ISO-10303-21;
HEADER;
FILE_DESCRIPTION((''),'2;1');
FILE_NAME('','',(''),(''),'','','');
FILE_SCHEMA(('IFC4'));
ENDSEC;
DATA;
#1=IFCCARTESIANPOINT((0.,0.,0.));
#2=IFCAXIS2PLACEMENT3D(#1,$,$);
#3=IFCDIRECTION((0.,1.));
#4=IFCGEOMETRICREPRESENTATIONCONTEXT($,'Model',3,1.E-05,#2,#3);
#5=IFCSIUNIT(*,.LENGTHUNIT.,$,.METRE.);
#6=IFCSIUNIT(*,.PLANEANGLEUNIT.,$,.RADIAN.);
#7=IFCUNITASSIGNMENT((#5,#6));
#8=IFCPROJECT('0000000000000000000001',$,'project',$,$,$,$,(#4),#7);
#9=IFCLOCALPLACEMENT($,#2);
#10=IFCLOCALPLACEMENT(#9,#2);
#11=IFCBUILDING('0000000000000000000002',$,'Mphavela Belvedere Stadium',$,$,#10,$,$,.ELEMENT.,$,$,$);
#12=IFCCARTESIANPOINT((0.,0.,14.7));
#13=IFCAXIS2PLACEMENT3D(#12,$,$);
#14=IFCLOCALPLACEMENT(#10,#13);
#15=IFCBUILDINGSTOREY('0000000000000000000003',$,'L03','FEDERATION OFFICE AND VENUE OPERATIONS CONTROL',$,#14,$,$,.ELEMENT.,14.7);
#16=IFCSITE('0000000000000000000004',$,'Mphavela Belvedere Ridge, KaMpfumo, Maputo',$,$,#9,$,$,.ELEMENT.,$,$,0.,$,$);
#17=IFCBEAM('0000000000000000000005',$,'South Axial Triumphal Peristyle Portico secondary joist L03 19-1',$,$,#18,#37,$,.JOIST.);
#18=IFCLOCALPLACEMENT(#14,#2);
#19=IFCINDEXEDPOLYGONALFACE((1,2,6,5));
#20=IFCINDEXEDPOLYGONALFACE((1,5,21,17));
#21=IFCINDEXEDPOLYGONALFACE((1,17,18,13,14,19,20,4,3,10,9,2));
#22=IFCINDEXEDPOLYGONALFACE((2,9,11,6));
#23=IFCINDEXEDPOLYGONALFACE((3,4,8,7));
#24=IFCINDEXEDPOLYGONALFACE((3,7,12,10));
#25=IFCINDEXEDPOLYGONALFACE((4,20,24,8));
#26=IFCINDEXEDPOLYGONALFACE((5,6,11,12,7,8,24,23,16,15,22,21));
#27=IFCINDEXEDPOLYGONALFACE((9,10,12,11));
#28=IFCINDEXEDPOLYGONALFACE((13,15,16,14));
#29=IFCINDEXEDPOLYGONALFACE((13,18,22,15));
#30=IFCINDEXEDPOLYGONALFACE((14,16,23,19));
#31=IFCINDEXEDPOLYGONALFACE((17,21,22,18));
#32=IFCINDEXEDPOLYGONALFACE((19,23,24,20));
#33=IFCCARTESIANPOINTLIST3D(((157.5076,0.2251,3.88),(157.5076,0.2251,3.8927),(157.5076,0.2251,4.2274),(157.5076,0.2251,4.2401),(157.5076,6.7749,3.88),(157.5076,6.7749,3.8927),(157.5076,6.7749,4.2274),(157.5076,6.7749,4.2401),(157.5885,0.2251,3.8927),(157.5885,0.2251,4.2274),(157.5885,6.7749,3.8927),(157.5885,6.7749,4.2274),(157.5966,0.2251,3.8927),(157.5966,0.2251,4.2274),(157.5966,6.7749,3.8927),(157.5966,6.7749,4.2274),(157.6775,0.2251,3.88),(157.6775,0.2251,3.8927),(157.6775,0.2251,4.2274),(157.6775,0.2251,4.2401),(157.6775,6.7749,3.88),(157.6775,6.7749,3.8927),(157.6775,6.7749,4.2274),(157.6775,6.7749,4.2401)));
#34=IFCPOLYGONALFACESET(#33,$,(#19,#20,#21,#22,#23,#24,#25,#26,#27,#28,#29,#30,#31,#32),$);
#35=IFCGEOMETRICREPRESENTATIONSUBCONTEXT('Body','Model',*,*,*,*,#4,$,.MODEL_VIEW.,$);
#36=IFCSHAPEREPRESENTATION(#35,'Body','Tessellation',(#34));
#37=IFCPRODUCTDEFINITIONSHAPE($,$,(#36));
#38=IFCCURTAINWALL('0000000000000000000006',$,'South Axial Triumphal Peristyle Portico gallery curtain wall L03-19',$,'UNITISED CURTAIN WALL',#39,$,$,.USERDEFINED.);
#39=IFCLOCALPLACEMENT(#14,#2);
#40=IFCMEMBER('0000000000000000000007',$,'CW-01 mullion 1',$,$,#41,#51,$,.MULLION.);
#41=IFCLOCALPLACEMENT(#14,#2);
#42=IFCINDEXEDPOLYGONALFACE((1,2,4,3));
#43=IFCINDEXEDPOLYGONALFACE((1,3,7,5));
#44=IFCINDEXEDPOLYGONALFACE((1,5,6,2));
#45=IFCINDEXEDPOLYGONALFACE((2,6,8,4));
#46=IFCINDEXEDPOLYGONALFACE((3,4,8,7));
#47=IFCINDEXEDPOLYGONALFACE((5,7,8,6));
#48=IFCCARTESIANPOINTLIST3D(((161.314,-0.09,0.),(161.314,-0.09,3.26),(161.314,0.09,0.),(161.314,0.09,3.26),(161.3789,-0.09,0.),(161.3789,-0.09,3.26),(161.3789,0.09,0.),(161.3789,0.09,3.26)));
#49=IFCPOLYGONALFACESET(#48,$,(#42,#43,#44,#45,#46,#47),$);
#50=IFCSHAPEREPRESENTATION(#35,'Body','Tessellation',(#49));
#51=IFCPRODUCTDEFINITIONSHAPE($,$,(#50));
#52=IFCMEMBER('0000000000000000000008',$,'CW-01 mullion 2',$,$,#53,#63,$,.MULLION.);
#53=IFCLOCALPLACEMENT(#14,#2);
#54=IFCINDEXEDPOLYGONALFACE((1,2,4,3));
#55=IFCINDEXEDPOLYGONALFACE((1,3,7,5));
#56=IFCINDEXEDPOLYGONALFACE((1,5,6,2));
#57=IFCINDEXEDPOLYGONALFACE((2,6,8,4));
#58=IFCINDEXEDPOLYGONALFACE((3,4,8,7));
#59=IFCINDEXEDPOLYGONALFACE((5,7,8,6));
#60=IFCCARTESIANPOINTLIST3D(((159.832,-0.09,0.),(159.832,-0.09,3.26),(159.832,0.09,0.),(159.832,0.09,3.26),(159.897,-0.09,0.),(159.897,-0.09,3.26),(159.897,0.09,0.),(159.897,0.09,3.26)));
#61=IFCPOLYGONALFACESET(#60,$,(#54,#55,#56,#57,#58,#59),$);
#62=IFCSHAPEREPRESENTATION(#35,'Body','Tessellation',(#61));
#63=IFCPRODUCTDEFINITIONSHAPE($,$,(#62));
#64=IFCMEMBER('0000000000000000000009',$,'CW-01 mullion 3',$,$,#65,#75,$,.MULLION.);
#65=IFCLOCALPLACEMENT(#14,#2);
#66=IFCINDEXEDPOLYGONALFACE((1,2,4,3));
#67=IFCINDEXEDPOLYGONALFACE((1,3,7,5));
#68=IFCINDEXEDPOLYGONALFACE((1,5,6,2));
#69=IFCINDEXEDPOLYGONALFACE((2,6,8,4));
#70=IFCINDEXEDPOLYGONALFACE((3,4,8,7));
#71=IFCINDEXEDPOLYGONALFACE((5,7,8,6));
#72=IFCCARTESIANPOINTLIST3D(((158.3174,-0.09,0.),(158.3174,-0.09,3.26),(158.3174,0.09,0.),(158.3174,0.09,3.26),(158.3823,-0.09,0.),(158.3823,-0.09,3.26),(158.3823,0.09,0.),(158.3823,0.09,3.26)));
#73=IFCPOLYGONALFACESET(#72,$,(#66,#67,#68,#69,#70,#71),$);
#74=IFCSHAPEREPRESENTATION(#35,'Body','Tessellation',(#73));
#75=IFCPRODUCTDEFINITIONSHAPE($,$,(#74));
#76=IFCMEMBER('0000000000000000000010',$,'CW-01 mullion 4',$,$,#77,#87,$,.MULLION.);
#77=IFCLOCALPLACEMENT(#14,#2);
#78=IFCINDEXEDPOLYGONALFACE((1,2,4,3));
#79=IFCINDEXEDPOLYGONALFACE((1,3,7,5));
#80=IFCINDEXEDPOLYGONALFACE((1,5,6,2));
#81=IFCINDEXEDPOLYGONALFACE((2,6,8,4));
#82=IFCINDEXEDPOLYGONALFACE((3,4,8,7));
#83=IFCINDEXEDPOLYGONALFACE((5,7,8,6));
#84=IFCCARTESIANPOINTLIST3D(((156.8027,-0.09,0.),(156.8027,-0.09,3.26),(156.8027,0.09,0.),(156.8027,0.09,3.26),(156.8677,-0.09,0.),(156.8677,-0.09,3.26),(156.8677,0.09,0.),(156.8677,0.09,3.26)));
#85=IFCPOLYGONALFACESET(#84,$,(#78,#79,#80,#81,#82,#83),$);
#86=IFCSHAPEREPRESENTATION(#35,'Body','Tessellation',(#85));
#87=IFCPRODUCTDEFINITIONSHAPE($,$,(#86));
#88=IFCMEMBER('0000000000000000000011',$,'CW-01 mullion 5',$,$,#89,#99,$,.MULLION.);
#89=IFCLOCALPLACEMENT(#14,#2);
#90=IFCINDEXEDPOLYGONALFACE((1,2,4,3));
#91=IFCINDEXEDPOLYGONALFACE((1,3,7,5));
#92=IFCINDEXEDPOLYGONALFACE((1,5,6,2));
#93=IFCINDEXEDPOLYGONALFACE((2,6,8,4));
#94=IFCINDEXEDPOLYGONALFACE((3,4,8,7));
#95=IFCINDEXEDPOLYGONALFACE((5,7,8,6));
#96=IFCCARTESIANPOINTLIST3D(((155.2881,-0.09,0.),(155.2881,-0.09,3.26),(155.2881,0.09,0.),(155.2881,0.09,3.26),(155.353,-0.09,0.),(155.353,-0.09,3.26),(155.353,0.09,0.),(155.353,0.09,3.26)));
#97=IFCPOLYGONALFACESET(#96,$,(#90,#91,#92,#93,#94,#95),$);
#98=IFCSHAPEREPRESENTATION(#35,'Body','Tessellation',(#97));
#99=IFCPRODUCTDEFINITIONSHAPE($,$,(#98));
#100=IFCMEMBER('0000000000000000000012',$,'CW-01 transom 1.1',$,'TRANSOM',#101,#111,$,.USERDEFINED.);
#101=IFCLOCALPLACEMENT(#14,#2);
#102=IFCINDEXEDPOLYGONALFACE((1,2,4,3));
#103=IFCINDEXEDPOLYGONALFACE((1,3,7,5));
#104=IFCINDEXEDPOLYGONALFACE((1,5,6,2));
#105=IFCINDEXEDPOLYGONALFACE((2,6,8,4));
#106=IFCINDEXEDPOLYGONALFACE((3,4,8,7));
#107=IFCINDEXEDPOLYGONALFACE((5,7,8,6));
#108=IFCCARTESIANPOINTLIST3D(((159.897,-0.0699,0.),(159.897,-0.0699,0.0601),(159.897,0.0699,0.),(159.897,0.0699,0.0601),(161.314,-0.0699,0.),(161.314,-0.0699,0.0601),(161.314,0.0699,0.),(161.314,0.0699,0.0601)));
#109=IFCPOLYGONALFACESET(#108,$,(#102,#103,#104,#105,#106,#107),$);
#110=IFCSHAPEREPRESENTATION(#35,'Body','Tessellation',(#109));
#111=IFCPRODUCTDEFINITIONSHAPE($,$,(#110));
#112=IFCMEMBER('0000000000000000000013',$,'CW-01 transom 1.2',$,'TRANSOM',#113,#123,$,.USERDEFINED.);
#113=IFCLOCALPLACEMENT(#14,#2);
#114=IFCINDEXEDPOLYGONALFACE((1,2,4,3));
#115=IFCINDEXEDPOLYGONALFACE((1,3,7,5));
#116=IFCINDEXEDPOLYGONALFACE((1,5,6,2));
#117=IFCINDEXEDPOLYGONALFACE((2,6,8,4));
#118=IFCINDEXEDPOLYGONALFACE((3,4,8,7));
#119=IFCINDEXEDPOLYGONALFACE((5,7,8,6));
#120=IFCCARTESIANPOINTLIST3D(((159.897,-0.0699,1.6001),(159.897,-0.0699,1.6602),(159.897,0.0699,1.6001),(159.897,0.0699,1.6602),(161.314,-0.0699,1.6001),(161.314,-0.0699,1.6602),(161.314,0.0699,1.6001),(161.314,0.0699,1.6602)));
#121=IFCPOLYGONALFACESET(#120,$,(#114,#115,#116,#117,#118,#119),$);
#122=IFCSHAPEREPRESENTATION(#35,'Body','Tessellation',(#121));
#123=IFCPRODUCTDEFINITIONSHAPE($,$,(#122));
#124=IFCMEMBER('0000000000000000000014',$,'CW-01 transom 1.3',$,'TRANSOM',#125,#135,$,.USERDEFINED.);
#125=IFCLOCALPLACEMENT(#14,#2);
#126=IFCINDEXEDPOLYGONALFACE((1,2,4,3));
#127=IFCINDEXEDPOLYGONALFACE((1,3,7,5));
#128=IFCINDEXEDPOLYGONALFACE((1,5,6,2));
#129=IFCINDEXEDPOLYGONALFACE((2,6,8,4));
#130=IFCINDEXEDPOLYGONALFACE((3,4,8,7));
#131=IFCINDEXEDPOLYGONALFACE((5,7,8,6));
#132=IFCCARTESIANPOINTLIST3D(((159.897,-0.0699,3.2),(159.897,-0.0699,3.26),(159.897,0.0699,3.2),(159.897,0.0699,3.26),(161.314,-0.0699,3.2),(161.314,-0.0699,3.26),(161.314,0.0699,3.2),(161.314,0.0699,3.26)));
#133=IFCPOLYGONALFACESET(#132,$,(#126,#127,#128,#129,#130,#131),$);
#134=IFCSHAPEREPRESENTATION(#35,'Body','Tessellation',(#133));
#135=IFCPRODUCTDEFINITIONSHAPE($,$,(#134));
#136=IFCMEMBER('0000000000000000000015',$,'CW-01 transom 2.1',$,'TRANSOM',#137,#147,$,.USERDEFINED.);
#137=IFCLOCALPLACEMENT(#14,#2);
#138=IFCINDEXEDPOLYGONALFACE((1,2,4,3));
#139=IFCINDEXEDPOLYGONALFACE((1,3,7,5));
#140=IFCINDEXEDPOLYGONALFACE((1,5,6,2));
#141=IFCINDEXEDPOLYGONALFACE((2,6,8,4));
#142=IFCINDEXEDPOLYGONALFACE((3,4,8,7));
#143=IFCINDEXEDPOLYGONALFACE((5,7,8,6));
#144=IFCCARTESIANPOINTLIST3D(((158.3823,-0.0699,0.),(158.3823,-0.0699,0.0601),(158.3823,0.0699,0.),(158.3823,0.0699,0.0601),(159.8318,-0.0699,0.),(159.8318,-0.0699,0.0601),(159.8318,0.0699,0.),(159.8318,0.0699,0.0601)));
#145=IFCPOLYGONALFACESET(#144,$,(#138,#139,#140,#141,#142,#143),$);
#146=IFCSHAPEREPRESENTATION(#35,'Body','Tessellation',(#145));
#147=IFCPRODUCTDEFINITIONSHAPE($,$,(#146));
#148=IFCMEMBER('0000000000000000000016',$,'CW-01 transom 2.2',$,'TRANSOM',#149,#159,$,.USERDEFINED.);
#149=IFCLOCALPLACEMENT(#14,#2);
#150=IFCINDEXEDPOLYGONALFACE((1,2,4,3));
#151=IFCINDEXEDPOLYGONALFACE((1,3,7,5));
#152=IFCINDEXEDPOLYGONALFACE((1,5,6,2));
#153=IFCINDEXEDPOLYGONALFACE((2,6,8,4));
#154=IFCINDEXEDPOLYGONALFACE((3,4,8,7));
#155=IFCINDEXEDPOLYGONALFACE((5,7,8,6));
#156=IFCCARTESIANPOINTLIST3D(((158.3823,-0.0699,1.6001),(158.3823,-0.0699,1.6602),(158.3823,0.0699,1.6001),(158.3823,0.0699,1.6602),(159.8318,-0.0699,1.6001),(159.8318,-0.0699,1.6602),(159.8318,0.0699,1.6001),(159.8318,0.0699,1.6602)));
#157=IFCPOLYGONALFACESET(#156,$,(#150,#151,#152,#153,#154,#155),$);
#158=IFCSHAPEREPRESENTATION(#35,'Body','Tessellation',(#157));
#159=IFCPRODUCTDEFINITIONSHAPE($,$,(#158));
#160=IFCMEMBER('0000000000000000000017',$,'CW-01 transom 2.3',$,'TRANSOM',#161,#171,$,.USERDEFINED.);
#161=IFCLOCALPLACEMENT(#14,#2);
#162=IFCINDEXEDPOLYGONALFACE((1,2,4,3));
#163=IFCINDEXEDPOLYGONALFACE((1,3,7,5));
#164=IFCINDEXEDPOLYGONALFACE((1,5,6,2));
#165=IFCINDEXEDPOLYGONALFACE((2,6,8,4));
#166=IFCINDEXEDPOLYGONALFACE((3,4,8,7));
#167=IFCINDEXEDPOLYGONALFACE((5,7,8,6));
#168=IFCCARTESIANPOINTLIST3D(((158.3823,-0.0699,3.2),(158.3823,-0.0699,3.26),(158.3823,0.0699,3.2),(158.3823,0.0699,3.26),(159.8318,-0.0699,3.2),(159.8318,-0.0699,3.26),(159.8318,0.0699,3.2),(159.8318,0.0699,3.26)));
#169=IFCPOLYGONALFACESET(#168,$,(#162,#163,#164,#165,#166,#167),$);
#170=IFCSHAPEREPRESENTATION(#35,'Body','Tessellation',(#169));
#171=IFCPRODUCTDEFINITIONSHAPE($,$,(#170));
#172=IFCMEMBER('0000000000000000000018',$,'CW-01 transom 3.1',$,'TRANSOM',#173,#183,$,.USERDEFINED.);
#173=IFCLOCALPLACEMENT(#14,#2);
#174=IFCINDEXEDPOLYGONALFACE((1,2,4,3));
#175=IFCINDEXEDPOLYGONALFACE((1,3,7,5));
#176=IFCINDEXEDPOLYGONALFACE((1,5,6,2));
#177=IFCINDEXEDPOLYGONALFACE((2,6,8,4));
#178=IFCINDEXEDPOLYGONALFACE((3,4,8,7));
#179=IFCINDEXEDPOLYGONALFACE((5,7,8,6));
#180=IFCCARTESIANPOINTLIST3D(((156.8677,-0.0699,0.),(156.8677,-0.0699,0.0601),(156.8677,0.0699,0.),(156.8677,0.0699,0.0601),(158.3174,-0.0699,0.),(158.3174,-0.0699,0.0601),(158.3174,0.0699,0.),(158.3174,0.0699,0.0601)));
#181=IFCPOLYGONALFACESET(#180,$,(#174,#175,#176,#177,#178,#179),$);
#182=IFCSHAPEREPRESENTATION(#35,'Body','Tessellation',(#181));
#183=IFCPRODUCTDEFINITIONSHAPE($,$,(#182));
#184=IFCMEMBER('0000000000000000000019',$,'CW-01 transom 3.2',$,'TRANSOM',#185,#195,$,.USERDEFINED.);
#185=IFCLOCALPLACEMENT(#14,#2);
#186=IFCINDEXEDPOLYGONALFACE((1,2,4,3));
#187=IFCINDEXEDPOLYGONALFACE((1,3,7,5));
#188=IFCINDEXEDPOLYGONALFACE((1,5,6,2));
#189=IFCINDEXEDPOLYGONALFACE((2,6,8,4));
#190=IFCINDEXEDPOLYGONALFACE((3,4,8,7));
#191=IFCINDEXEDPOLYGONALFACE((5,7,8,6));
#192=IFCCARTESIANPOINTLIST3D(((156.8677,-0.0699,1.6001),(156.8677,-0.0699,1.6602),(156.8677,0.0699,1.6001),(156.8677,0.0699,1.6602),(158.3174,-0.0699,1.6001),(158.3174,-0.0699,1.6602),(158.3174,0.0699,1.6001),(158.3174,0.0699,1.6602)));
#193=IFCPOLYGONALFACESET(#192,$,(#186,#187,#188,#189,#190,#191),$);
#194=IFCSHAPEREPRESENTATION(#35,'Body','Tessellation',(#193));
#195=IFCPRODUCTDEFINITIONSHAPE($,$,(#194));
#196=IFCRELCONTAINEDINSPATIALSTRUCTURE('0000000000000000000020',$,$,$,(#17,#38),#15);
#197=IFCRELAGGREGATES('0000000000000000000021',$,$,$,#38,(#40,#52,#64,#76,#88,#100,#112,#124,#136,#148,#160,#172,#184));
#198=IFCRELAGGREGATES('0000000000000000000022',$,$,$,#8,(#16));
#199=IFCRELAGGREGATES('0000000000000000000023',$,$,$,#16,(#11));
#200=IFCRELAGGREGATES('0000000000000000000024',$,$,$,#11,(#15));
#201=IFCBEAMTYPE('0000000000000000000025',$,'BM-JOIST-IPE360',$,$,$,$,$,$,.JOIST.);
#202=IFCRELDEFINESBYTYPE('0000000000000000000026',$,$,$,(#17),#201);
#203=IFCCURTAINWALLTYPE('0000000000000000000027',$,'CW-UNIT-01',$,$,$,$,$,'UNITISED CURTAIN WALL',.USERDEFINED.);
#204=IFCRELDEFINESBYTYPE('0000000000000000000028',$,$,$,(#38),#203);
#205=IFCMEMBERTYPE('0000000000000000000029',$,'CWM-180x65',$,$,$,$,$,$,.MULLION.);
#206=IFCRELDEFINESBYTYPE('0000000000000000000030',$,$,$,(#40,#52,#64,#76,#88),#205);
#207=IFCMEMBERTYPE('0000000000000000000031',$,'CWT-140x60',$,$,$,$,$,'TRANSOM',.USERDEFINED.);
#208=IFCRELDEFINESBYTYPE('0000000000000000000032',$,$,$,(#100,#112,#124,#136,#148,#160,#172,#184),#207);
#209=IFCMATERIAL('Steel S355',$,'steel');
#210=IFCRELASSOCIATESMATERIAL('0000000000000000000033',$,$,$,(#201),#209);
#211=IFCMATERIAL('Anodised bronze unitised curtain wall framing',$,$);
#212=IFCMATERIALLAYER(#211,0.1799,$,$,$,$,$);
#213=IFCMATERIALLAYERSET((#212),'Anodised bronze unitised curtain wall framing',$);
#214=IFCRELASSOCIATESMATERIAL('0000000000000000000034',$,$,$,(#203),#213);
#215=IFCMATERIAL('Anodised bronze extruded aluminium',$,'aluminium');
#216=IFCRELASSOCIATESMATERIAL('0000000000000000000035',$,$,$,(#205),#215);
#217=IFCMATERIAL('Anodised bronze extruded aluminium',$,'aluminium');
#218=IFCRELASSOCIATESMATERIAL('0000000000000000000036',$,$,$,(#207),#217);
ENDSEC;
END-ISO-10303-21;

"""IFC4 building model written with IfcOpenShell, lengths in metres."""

from ifc_helpers import new_model, si_unit, direction, frame, origin, origin_2d, place, context, subcontext, project, spatial, rectangle, i_section, extrude, material, layer, layer_set, material_profile, profile_set, type_object, element, aggregate, save


model = new_model("IFC4")

# Units and contexts
model_context = context("Model", 3, precision=1e-05, world=origin(), true_north=direction((0.0, 1.0)))
body_context = subcontext(model_context, "Body", "Model", "MODEL_VIEW")
ifc_project = project(units=[si_unit("LENGTHUNIT", "METRE"), si_unit("PLANEANGLEUNIT", "RADIAN")], contexts=[model_context])

# Site, building, storey
site_placement = place(None, origin())
site = spatial("IfcSite", under=ifc_project, at=site_placement, Name="Mphavela Belvedere Ridge, KaMpfumo, Maputo", CompositionType="ELEMENT", RefElevation=0.0)
building_placement = place(site_placement, origin())
building = spatial("IfcBuilding", under=site, at=building_placement, Name="Mphavela Belvedere Stadium", CompositionType="ELEMENT")
storey_placement = place(building_placement, frame((0.0, 0.0, 14.7)))
storey = spatial("IfcBuildingStorey", under=building, at=storey_placement, Name="L03", Description="FEDERATION OFFICE AND VENUE OPERATIONS CONTROL", CompositionType="ELEMENT", Elevation=14.7)

# Beam
ifc_material_1 = material(Name="Steel S355", Category="steel")
ifc_material_profile_1 = material_profile(ifc_material_1, i_section(OverallWidth=0.1699, OverallDepth=0.3601, WebThickness=0.0081, FlangeThickness=0.0127, at=origin_2d()), Name="IPE 360")
ifc_profile_set_1 = profile_set([ifc_material_profile_1], Name="Steel S355")
beam_type = type_object("IfcBeamType", Name="BM-JOIST-IPE360", PredefinedType="JOIST", material=ifc_profile_set_1)
beam_placement = place(storey_placement, frame((157.5925, 0.2251, 4.0601), z_axis=(0.0, 1.0, 0.0), x_axis=(-1.0, 0.0, 0.0)))
element("IfcBeam", 1, at=beam_placement, inside=storey, type_object=beam_type, Name="South Axial Triumphal Peristyle Portico secondary joist L03 19-1", PredefinedType="JOIST", context=body_context, shape_type="SweptSolid", body=[
    extrude(i_section(OverallWidth=0.1699, OverallDepth=0.3601, WebThickness=0.0081, FlangeThickness=0.0127, at=origin_2d()), origin(), (0.0, 0.0, 1.0), 6.5498),
])

# Curtain wall, members
ifc_material_2 = material(Name="Anodised bronze unitised curtain wall framing")
ifc_layer_1 = layer(ifc_material_2, 0.1799)
ifc_layer_set_1 = layer_set([ifc_layer_1], Name="Anodised bronze unitised curtain wall framing")
curtain_wall_type = type_object("IfcCurtainWallType", Name="CW-UNIT-01", ElementType="UNITISED CURTAIN WALL", PredefinedType="USERDEFINED", material=ifc_layer_set_1)
curtain_wall_placement = place(storey_placement, origin())
curtain_wall = element("IfcCurtainWall", 2, at=curtain_wall_placement, inside=storey, type_object=curtain_wall_type, Name="South Axial Triumphal Peristyle Portico gallery curtain wall L03-19", ObjectType="UNITISED CURTAIN WALL", PredefinedType="USERDEFINED")
ifc_material_3 = material(Name="Anodised bronze extruded aluminium", Category="aluminium")
ifc_material_profile_2 = material_profile(ifc_material_3, rectangle(XDim=0.1799, YDim=0.0649, at=origin_2d()), Name="CW-MUL 180x65")
ifc_profile_set_2 = profile_set([ifc_material_profile_2], Name="Anodised bronze extruded aluminium")
member_type_1 = type_object("IfcMemberType", Name="CWM-180x65", PredefinedType="MULLION", material=ifc_profile_set_2)
member_1_placement = place(storey_placement, frame((161.3464, 0.0, 0.0), z_axis=(0.0, 0.0, 1.0), x_axis=(0.0, -1.0, 0.0)))
member_1 = element("IfcMember", 3, at=member_1_placement, type_object=member_type_1, Name="CW-01 mullion 1", PredefinedType="MULLION", context=body_context, shape_type="SweptSolid", body=[
    extrude(rectangle(XDim=0.1799, YDim=0.0649, at=origin_2d()), origin(), (0.0, 0.0, 1.0), 3.26),
])
member_2_placement = place(storey_placement, frame((159.8645, 0.0, 0.0), z_axis=(0.0, 0.0, 1.0), x_axis=(0.0, -1.0, 0.0)))
member_2 = element("IfcMember", 4, at=member_2_placement, type_object=member_type_1, Name="CW-01 mullion 2", PredefinedType="MULLION", context=body_context, shape_type="SweptSolid", body=[
    extrude(rectangle(XDim=0.1799, YDim=0.0649, at=origin_2d()), origin(), (0.0, 0.0, 1.0), 3.26),
])
member_3_placement = place(storey_placement, frame((158.3499, 0.0, 0.0), z_axis=(0.0, 0.0, 1.0), x_axis=(0.0, -1.0, 0.0)))
member_3 = element("IfcMember", 5, at=member_3_placement, type_object=member_type_1, Name="CW-01 mullion 3", PredefinedType="MULLION", context=body_context, shape_type="SweptSolid", body=[
    extrude(rectangle(XDim=0.1799, YDim=0.0649, at=origin_2d()), origin(), (0.0, 0.0, 1.0), 3.26),
])
member_4_placement = place(storey_placement, frame((156.8352, 0.0, 0.0), z_axis=(0.0, 0.0, 1.0), x_axis=(0.0, -1.0, 0.0)))
member_4 = element("IfcMember", 6, at=member_4_placement, type_object=member_type_1, Name="CW-01 mullion 4", PredefinedType="MULLION", context=body_context, shape_type="SweptSolid", body=[
    extrude(rectangle(XDim=0.1799, YDim=0.0649, at=origin_2d()), origin(), (0.0, 0.0, 1.0), 3.26),
])
member_5_placement = place(storey_placement, frame((155.3206, 0.0, 0.0), z_axis=(0.0, 0.0, 1.0), x_axis=(0.0, -1.0, 0.0)))
member_5 = element("IfcMember", 7, at=member_5_placement, type_object=member_type_1, Name="CW-01 mullion 5", PredefinedType="MULLION", context=body_context, shape_type="SweptSolid", body=[
    extrude(rectangle(XDim=0.1799, YDim=0.0649, at=origin_2d()), origin(), (0.0, 0.0, 1.0), 3.26),
])
ifc_material_4 = material(Name="Anodised bronze extruded aluminium", Category="aluminium")
ifc_material_profile_3 = material_profile(ifc_material_4, rectangle(XDim=0.1399, YDim=0.0601, at=origin_2d()), Name="CW-TRN 140x60")
ifc_profile_set_3 = profile_set([ifc_material_profile_3], Name="Anodised bronze extruded aluminium")
member_type_2 = type_object("IfcMemberType", Name="CWT-140x60", ElementType="TRANSOM", PredefinedType="USERDEFINED", material=ifc_profile_set_3)
member_6_placement = place(storey_placement, frame((161.314, 0.0, 0.03), z_axis=(-1.0, 0.0, 0.0), x_axis=(0.0, -1.0, 0.0)))
member_6 = element("IfcMember", 8, at=member_6_placement, type_object=member_type_2, Name="CW-01 transom 1.1", ObjectType="TRANSOM", PredefinedType="USERDEFINED", context=body_context, shape_type="SweptSolid", body=[
    extrude(rectangle(XDim=0.1399, YDim=0.0601, at=origin_2d()), origin(), (0.0, 0.0, 1.0), 1.417),
])
member_7_placement = place(storey_placement, frame((161.314, 0.0, 1.6301), z_axis=(-1.0, 0.0, 0.0), x_axis=(0.0, -1.0, 0.0)))
member_7 = element("IfcMember", 9, at=member_7_placement, type_object=member_type_2, Name="CW-01 transom 1.2", ObjectType="TRANSOM", PredefinedType="USERDEFINED", context=body_context, shape_type="SweptSolid", body=[
    extrude(rectangle(XDim=0.1399, YDim=0.0601, at=origin_2d()), origin(), (0.0, 0.0, 1.0), 1.417),
])
member_8_placement = place(storey_placement, frame((161.314, 0.0, 3.23), z_axis=(-1.0, 0.0, 0.0), x_axis=(0.0, -1.0, 0.0)))
member_8 = element("IfcMember", 10, at=member_8_placement, type_object=member_type_2, Name="CW-01 transom 1.3", ObjectType="TRANSOM", PredefinedType="USERDEFINED", context=body_context, shape_type="SweptSolid", body=[
    extrude(rectangle(XDim=0.1399, YDim=0.0601, at=origin_2d()), origin(), (0.0, 0.0, 1.0), 1.417),
])
member_9_placement = place(storey_placement, frame((159.8318, 0.0, 0.03), z_axis=(-1.0, 0.0, 0.0), x_axis=(0.0, -1.0, 0.0)))
member_9 = element("IfcMember", 11, at=member_9_placement, type_object=member_type_2, Name="CW-01 transom 2.1", ObjectType="TRANSOM", PredefinedType="USERDEFINED", context=body_context, shape_type="SweptSolid", body=[
    extrude(rectangle(XDim=0.1399, YDim=0.0601, at=origin_2d()), origin(), (0.0, 0.0, 1.0), 1.4495),
])
member_10_placement = place(storey_placement, frame((159.8318, 0.0, 1.6301), z_axis=(-1.0, 0.0, 0.0), x_axis=(0.0, -1.0, 0.0)))
member_10 = element("IfcMember", 12, at=member_10_placement, type_object=member_type_2, Name="CW-01 transom 2.2", ObjectType="TRANSOM", PredefinedType="USERDEFINED", context=body_context, shape_type="SweptSolid", body=[
    extrude(rectangle(XDim=0.1399, YDim=0.0601, at=origin_2d()), origin(), (0.0, 0.0, 1.0), 1.4495),
])
member_11_placement = place(storey_placement, frame((159.8318, 0.0, 3.23), z_axis=(-1.0, 0.0, 0.0), x_axis=(0.0, -1.0, 0.0)))
member_11 = element("IfcMember", 13, at=member_11_placement, type_object=member_type_2, Name="CW-01 transom 2.3", ObjectType="TRANSOM", PredefinedType="USERDEFINED", context=body_context, shape_type="SweptSolid", body=[
    extrude(rectangle(XDim=0.1399, YDim=0.0601, at=origin_2d()), origin(), (0.0, 0.0, 1.0), 1.4495),
])
member_12_placement = place(storey_placement, frame((158.3174, 0.0, 0.03), z_axis=(-1.0, 0.0, 0.0), x_axis=(0.0, -1.0, 0.0)))
member_12 = element("IfcMember", 14, at=member_12_placement, type_object=member_type_2, Name="CW-01 transom 3.1", ObjectType="TRANSOM", PredefinedType="USERDEFINED", context=body_context, shape_type="SweptSolid", body=[
    extrude(rectangle(XDim=0.1399, YDim=0.0601, at=origin_2d()), origin(), (0.0, 0.0, 1.0), 1.4497),
])
member_13_placement = place(storey_placement, frame((158.3174, 0.0, 1.6301), z_axis=(-1.0, 0.0, 0.0), x_axis=(0.0, -1.0, 0.0)))
member_13 = element("IfcMember", 15, at=member_13_placement, type_object=member_type_2, Name="CW-01 transom 3.2", ObjectType="TRANSOM", PredefinedType="USERDEFINED", context=body_context, shape_type="SweptSolid", body=[
    extrude(rectangle(XDim=0.1399, YDim=0.0601, at=origin_2d()), origin(), (0.0, 0.0, 1.0), 1.4497),
])
aggregate(curtain_wall, [member_1, member_2, member_3, member_4, member_5, member_6, member_7, member_8, member_9, member_10, member_11, member_12, member_13])

save(model, "model.ifc")
